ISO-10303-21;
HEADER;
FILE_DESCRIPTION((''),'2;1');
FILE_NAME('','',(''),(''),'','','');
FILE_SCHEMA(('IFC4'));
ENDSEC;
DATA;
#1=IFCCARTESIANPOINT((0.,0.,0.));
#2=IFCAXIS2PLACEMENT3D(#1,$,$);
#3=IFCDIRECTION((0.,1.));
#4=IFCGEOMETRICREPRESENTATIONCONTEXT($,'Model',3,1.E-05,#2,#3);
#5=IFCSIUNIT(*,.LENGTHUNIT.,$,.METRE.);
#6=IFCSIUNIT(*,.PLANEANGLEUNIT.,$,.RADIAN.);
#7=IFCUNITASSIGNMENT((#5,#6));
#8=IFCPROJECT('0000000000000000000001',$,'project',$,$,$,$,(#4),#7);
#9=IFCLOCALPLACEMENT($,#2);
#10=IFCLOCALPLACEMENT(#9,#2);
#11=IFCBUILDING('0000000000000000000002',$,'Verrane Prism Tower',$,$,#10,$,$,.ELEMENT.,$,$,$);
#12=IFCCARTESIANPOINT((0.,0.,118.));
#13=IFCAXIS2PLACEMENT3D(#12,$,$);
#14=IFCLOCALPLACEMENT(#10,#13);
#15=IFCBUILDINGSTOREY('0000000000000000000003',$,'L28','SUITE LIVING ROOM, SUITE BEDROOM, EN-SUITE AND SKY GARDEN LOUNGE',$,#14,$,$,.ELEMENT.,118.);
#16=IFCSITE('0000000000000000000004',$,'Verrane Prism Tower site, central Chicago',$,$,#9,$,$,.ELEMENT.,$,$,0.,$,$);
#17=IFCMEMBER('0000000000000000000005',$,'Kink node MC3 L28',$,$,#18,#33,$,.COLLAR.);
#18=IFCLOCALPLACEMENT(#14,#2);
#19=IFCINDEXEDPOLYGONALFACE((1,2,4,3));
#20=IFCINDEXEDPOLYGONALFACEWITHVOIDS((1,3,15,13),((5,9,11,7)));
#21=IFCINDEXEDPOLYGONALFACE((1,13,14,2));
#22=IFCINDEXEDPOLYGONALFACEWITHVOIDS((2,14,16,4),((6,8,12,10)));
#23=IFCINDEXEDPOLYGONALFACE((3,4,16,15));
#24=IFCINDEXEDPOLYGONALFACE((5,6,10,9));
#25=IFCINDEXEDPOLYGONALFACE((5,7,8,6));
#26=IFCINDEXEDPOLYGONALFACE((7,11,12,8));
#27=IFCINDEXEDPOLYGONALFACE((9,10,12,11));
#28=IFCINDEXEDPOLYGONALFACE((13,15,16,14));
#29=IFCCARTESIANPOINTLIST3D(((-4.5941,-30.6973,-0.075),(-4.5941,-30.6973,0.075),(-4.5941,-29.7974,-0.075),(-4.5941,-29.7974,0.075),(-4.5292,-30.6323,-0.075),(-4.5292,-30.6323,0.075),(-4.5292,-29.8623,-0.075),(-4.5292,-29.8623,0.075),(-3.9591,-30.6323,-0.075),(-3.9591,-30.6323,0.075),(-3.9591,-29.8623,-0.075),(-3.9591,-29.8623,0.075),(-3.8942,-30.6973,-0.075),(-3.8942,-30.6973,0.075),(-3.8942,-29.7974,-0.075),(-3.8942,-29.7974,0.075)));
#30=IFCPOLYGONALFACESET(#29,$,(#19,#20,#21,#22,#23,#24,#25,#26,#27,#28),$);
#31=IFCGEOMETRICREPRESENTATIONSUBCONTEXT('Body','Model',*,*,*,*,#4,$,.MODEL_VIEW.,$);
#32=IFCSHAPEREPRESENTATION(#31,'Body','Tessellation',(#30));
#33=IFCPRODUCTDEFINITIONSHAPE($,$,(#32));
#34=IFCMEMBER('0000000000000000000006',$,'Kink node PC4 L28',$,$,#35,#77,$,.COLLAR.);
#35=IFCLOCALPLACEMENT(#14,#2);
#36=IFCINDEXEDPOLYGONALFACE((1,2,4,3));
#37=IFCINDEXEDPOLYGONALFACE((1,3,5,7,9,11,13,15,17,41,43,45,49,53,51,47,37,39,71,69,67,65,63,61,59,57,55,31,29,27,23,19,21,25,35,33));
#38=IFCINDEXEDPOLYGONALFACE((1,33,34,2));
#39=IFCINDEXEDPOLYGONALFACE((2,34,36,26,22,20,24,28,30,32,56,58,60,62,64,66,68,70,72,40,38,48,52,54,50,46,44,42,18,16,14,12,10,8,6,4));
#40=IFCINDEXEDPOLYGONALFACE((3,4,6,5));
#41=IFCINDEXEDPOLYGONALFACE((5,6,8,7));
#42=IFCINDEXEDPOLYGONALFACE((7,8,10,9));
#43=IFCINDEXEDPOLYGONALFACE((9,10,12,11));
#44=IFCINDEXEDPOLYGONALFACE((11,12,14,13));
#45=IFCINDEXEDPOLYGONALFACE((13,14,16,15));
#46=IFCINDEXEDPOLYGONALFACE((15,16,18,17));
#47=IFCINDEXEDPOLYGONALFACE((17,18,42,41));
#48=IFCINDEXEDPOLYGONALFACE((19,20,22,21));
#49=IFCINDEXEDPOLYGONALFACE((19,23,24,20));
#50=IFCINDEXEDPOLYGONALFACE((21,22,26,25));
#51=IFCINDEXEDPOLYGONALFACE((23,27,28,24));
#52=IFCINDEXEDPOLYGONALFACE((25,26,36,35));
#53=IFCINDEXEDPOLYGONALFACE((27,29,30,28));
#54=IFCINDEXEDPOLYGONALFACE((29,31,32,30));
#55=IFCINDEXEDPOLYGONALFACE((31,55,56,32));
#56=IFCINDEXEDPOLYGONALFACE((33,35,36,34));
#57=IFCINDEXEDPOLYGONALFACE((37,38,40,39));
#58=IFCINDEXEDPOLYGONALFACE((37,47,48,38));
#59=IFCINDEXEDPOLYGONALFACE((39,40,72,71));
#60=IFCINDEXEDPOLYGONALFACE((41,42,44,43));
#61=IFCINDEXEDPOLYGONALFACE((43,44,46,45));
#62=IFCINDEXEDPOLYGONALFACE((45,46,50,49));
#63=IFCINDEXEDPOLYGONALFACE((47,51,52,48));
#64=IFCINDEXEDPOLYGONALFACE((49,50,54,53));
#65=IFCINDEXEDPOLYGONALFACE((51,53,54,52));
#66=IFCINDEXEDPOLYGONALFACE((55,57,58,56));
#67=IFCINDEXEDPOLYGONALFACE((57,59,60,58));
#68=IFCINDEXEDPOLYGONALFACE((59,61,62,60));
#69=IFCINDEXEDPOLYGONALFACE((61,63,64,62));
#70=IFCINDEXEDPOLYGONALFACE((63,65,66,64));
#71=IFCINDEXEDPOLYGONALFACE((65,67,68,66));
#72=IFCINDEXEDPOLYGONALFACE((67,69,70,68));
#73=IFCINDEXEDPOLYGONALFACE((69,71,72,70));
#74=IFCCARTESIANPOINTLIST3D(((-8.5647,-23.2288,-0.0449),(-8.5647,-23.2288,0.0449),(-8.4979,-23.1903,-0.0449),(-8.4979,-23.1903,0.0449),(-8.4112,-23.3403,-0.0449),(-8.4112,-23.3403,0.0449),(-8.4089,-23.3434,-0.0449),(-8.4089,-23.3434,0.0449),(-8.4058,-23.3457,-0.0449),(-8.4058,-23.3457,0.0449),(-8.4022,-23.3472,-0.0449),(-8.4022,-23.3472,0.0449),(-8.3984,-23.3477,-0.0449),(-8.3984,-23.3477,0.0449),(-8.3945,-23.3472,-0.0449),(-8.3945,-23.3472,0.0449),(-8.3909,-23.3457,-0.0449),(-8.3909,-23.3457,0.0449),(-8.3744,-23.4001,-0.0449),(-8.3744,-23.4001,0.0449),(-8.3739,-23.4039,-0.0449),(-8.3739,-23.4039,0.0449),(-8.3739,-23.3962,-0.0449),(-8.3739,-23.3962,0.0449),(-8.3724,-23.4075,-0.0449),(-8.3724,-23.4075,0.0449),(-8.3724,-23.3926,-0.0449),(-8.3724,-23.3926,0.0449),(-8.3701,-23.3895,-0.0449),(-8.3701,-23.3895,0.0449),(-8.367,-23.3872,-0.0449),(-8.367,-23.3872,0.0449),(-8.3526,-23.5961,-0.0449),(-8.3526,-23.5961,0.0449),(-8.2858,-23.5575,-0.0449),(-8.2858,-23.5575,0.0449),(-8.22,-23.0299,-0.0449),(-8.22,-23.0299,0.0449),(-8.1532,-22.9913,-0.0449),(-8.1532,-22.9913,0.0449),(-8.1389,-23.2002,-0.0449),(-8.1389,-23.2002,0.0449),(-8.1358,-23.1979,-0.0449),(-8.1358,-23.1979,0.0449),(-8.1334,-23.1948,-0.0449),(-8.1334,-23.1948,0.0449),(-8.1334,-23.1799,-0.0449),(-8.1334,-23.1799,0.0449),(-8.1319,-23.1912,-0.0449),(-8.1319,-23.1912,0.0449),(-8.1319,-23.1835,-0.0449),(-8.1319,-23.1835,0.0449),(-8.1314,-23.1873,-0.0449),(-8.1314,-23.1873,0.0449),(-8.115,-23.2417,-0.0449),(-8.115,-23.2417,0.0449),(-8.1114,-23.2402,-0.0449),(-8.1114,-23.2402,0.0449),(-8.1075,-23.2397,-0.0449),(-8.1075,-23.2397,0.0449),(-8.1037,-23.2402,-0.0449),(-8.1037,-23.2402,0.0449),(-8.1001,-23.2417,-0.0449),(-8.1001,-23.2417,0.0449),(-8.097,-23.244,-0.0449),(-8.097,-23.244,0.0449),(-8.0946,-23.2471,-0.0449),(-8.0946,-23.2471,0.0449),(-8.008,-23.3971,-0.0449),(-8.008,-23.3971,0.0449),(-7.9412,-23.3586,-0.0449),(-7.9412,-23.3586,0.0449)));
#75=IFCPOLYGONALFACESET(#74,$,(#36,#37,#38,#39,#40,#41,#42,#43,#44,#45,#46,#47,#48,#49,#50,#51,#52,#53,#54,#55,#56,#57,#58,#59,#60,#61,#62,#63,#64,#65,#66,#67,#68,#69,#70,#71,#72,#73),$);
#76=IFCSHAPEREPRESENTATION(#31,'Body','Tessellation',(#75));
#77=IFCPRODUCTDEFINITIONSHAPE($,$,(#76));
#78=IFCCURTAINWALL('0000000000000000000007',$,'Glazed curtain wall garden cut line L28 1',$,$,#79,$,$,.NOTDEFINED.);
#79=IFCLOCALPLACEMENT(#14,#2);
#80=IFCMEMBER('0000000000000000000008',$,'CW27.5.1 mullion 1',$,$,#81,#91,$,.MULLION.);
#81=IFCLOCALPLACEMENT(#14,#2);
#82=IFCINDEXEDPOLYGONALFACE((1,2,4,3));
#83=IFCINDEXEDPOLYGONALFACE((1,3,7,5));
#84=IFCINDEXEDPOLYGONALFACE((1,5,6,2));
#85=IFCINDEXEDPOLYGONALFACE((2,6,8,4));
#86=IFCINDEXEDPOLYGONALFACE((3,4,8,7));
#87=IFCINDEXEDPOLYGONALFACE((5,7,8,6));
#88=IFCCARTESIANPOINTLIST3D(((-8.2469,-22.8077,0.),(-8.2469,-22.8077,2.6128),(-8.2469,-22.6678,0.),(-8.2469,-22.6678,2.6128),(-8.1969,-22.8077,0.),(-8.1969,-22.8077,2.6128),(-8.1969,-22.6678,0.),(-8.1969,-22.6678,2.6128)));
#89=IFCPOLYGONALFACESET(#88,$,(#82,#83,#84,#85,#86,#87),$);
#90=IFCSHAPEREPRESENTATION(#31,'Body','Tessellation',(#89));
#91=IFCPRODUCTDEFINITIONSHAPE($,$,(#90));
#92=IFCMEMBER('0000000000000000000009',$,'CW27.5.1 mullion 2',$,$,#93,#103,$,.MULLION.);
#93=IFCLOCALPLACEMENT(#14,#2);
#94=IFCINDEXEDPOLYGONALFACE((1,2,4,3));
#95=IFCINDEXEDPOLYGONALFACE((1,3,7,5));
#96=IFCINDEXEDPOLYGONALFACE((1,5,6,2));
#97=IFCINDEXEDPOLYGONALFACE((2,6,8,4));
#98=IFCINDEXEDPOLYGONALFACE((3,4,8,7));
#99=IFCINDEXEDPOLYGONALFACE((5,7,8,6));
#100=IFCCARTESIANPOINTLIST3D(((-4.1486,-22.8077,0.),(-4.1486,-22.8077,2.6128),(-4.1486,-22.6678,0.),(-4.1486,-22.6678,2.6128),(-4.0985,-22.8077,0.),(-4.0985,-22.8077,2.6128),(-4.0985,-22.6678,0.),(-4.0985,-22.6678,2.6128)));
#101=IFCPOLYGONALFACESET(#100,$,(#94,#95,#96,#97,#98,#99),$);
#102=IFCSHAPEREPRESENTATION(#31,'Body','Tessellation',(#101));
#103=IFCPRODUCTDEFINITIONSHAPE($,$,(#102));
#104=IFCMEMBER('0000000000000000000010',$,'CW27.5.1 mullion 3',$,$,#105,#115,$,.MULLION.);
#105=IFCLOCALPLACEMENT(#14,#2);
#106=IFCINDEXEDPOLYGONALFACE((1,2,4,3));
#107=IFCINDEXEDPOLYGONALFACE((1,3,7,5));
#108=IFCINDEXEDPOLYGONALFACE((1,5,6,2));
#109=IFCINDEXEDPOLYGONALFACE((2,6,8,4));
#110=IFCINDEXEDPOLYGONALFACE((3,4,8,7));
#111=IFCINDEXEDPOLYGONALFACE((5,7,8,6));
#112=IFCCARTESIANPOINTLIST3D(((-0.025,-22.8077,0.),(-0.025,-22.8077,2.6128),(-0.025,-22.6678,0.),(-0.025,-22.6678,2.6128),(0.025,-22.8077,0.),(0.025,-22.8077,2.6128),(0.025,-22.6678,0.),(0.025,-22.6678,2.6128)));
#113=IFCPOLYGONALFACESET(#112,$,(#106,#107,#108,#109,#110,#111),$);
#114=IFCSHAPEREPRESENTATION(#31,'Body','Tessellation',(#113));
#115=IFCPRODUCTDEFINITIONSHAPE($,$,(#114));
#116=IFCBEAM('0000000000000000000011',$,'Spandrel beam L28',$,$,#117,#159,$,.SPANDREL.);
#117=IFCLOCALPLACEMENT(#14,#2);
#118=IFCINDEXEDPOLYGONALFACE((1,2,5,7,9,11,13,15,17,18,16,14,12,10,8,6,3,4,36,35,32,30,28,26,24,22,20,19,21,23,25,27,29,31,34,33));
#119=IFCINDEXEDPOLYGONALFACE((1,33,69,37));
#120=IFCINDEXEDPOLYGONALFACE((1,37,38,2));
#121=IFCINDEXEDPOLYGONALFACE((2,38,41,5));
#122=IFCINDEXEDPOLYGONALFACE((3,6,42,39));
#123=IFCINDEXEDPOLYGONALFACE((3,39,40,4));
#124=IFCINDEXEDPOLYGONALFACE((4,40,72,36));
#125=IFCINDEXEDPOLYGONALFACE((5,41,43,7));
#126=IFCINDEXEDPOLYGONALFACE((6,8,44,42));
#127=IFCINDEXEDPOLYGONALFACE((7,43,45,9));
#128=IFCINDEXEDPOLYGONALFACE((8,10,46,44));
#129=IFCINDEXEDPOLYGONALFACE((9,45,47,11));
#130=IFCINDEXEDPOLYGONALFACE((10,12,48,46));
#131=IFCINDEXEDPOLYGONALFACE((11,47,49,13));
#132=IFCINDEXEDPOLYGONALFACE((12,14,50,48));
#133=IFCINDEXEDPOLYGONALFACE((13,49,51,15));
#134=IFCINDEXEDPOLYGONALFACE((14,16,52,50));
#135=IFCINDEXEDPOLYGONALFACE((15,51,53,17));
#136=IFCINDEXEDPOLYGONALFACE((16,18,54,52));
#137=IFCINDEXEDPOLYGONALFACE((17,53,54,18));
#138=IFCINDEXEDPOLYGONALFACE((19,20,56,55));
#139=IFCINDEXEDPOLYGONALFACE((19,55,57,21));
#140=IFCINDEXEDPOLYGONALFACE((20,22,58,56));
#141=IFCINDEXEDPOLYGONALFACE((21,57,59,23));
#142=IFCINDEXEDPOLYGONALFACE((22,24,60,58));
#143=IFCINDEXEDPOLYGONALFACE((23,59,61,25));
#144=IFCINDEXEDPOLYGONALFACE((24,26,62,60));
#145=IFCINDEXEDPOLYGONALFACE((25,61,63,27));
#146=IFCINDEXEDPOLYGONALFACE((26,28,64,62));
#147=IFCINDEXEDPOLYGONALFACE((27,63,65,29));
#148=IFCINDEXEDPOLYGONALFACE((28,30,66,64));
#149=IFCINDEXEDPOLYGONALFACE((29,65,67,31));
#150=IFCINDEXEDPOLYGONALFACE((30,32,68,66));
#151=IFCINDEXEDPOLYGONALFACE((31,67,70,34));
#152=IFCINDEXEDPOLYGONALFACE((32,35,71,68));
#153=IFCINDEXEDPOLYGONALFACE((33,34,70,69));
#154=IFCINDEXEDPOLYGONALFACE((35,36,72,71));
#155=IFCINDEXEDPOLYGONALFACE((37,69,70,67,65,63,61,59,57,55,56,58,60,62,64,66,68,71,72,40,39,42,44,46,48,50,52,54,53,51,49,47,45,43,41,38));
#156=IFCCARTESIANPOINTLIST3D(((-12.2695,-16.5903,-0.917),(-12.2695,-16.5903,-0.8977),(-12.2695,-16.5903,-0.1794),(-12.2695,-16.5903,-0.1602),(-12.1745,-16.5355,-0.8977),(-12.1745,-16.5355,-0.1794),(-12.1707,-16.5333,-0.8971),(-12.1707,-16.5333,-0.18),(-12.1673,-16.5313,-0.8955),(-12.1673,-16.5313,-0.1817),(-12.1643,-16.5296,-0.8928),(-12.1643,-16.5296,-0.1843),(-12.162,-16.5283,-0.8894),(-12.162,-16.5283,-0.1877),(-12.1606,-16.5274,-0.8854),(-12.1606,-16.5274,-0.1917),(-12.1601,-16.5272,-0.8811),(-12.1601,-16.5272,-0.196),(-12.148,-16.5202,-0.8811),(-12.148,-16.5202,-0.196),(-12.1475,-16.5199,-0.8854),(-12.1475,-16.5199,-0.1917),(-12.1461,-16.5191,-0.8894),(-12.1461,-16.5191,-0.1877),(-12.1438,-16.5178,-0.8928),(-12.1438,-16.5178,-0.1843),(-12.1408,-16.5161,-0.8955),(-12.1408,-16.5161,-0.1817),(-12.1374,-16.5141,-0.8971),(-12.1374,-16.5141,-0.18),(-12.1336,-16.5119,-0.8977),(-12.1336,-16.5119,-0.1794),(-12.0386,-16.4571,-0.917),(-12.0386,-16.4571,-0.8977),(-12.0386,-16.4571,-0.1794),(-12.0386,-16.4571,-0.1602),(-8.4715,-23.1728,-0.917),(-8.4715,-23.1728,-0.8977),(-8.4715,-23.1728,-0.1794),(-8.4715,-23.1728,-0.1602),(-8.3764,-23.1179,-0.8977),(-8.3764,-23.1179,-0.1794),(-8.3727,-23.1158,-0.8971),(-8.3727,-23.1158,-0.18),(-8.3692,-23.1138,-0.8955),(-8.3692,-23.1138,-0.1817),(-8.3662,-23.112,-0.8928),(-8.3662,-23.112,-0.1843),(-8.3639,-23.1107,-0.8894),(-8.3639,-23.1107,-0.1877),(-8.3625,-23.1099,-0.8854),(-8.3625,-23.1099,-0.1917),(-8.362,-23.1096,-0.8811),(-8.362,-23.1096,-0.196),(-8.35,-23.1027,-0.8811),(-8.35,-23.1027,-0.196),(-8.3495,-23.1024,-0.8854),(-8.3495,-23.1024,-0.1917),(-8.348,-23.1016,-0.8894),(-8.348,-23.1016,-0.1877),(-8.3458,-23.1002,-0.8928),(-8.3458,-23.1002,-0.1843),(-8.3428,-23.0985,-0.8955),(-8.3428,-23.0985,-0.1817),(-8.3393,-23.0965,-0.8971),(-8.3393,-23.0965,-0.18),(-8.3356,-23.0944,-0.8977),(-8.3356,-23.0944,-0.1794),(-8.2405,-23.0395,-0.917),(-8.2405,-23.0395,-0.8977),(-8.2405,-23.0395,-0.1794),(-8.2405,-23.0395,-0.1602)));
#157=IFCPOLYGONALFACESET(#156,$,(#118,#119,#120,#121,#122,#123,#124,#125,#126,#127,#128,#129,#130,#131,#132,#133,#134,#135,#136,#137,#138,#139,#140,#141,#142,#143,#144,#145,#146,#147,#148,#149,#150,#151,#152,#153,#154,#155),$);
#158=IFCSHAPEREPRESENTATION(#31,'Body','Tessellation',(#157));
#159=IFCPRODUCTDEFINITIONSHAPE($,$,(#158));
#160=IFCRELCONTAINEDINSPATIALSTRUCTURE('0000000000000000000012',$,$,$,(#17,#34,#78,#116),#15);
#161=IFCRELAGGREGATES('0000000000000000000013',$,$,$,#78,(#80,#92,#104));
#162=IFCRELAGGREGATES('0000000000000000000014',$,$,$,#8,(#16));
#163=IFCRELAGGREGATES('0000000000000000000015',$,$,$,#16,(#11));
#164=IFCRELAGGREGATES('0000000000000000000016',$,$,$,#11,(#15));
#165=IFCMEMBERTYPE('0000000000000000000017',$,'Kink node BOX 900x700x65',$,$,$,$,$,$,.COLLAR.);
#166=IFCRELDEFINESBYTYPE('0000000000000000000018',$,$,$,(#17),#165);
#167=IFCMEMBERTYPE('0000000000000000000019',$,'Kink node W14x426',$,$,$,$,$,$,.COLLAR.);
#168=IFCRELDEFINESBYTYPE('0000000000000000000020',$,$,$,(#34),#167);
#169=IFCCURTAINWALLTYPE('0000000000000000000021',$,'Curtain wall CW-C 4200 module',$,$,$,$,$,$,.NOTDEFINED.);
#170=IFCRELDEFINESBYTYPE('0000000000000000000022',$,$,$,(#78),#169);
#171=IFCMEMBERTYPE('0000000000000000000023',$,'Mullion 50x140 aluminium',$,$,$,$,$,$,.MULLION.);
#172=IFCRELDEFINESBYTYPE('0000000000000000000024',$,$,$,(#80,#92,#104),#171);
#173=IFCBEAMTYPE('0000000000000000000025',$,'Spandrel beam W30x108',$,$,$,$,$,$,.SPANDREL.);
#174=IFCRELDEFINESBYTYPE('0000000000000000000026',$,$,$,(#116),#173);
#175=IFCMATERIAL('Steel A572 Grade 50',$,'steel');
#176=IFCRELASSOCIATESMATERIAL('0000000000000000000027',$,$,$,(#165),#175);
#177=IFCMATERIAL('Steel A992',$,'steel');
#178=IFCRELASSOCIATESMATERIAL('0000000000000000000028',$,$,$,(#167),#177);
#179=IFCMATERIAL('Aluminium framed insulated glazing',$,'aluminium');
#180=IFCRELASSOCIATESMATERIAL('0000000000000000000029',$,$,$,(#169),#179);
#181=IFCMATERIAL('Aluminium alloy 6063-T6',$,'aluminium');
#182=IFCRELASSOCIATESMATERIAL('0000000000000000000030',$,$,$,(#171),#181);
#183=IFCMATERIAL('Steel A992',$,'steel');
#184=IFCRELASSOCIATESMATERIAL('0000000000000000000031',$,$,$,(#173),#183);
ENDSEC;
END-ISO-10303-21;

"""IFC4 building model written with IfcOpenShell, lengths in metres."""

from ifc_helpers import new_model, si_unit, direction, frame, origin, origin_2d, place, context, subcontext, project, spatial, rectangle, hollow_rectangle, i_section, extrude, material, material_profile, profile_set, type_object, element, aggregate, save


model = new_model("IFC4")

# Units and contexts
model_context = context("Model", 3, precision=1e-05, world=origin(), true_north=direction((0.0, 1.0)))
body_context = subcontext(model_context, "Body", "Model", "MODEL_VIEW")
ifc_project = project(units=[si_unit("LENGTHUNIT", "METRE"), si_unit("PLANEANGLEUNIT", "RADIAN")], contexts=[model_context])

# Site, building, storey
site_placement = place(None, origin())
site = spatial("IfcSite", under=ifc_project, at=site_placement, Name="Verrane Prism Tower site, central Chicago", CompositionType="ELEMENT", RefElevation=0.0)
building_placement = place(site_placement, origin())
building = spatial("IfcBuilding", under=site, at=building_placement, Name="Verrane Prism Tower", CompositionType="ELEMENT")
storey_placement = place(building_placement, frame((0.0, 0.0, 118.0)))
storey = spatial("IfcBuildingStorey", under=building, at=storey_placement, Name="L28", Description="SUITE LIVING ROOM, SUITE BEDROOM, EN-SUITE AND SKY GARDEN LOUNGE", CompositionType="ELEMENT", Elevation=118.0)

# Members
ifc_material_1 = material(Name="Steel A572 Grade 50", Category="steel")
ifc_material_profile_1 = material_profile(ifc_material_1, hollow_rectangle(XDim=0.7, YDim=0.8999, WallThickness=0.0649, at=origin_2d()), Name="BOX 900x700x65")
ifc_profile_set_1 = profile_set([ifc_material_profile_1], Name="Steel A572 Grade 50")
member_type_1 = type_object("IfcMemberType", Name="Kink node BOX 900x700x65", PredefinedType="COLLAR", material=ifc_profile_set_1)
member_1_placement = place(storey_placement, frame((-4.2441, -30.2473, -0.075), z_axis=(0.0, 0.0, 1.0), x_axis=(-1.0, 0.0, 0.0)))
element("IfcMember", 1, at=member_1_placement, inside=storey, type_object=member_type_1, Name="Kink node MC3 L28", PredefinedType="COLLAR", context=body_context, shape_type="SweptSolid", body=[
    extrude(hollow_rectangle(XDim=0.7, YDim=0.8999, WallThickness=0.0649, at=origin_2d()), origin(), (0.0, 0.0, 1.0), 0.1499),
])
ifc_material_2 = material(Name="Steel A992", Category="steel")
ifc_material_profile_2 = material_profile(ifc_material_2, i_section(OverallWidth=0.4241, OverallDepth=0.4751, WebThickness=0.0479, FlangeThickness=0.0771, FilletRadius=0.0149, at=origin_2d()), Name="W14x426")
ifc_profile_set_2 = profile_set([ifc_material_profile_2], Name="Steel A992")
member_type_2 = type_object("IfcMemberType", Name="Kink node W14x426", PredefinedType="COLLAR", material=ifc_profile_set_2)
member_2_placement = place(storey_placement, frame((-8.2529, -23.2937, -0.0449), z_axis=(0.0, 0.0, 1.0), x_axis=(-0.5, 0.866025, 0.0)))
element("IfcMember", 2, at=member_2_placement, inside=storey, type_object=member_type_2, Name="Kink node PC4 L28", PredefinedType="COLLAR", context=body_context, shape_type="SweptSolid", body=[
    extrude(i_section(OverallWidth=0.4241, OverallDepth=0.4751, WebThickness=0.0479, FlangeThickness=0.0771, FilletRadius=0.0149, at=origin_2d()), origin(), (0.0, 0.0, 1.0), 0.0898),
])

# Curtain wall, members
ifc_material_3 = material(Name="Aluminium framed insulated glazing", Category="aluminium")
curtain_wall_type = type_object("IfcCurtainWallType", Name="Curtain wall CW-C 4200 module", PredefinedType="NOTDEFINED", material=ifc_material_3)
curtain_wall_placement = place(storey_placement, origin())
curtain_wall = element("IfcCurtainWall", 3, at=curtain_wall_placement, inside=storey, type_object=curtain_wall_type, Name="Glazed curtain wall garden cut line L28 1", PredefinedType="NOTDEFINED")
ifc_material_4 = material(Name="Aluminium alloy 6063-T6", Category="aluminium")
ifc_material_profile_3 = material_profile(ifc_material_4, rectangle(XDim=0.1399, YDim=0.05, at=origin_2d()), Name="Mullion 50x140 aluminium")
ifc_profile_set_3 = profile_set([ifc_material_profile_3], Name="Aluminium alloy 6063-T6")
member_type_3 = type_object("IfcMemberType", Name="Mullion 50x140 aluminium", PredefinedType="MULLION", material=ifc_profile_set_3)
member_3_placement = place(storey_placement, frame((-8.2219, -22.7378, 0.0), z_axis=(0.0, 0.0, 1.0), x_axis=(0.0, 1.0, 0.0)))
member_3 = element("IfcMember", 4, at=member_3_placement, type_object=member_type_3, Name="CW27.5.1 mullion 1", PredefinedType="MULLION", context=body_context, shape_type="SweptSolid", body=[
    extrude(rectangle(XDim=0.1399, YDim=0.05, at=origin_2d()), origin(), (0.0, 0.0, 1.0), 2.6128),
])
member_4_placement = place(storey_placement, frame((-4.1235, -22.7378, 0.0), z_axis=(0.0, 0.0, 1.0), x_axis=(0.0, 1.0, 0.0)))
member_4 = element("IfcMember", 5, at=member_4_placement, type_object=member_type_3, Name="CW27.5.1 mullion 2", PredefinedType="MULLION", context=body_context, shape_type="SweptSolid", body=[
    extrude(rectangle(XDim=0.1399, YDim=0.05, at=origin_2d()), origin(), (0.0, 0.0, 1.0), 2.6128),
])
member_5_placement = place(storey_placement, frame((0.0, -22.7378, 0.0), z_axis=(0.0, 0.0, 1.0), x_axis=(0.0, 1.0, 0.0)))
member_5 = element("IfcMember", 6, at=member_5_placement, type_object=member_type_3, Name="CW27.5.1 mullion 3", PredefinedType="MULLION", context=body_context, shape_type="SweptSolid", body=[
    extrude(rectangle(XDim=0.1399, YDim=0.05, at=origin_2d()), origin(), (0.0, 0.0, 1.0), 2.6128),
])

# Beam
ifc_material_5 = material(Name="Steel A992", Category="steel")
ifc_material_profile_4 = material_profile(ifc_material_5, i_section(OverallWidth=0.2666, OverallDepth=0.7568, WebThickness=0.0139, FlangeThickness=0.0193, FilletRadius=0.0166, at=origin_2d()), Name="W30x108")
ifc_profile_set_4 = profile_set([ifc_material_profile_4], Name="Steel A992")
beam_type_1 = type_object("IfcBeamType", Name="Spandrel beam W30x108", PredefinedType="SPANDREL", material=ifc_profile_set_4)
beam_1_placement = place(storey_placement, frame((-12.1541, -16.5237, -0.5386), z_axis=(0.499771, -0.866158, 0.0), x_axis=(0.866158, 0.499771, 0.0)))
element("IfcBeam", 7, at=beam_1_placement, inside=storey, type_object=beam_type_1, Name="Spandrel beam L28", PredefinedType="SPANDREL", context=body_context, shape_type="SweptSolid", body=[
    extrude(i_section(OverallWidth=0.2666, OverallDepth=0.7568, WebThickness=0.0139, FlangeThickness=0.0193, FilletRadius=0.0166, at=origin_2d()), origin(), (0.0, 0.0, 1.0), 7.5996),
])

aggregate(curtain_wall, [member_3, member_4, member_5])

save(model, "model.ifc")
